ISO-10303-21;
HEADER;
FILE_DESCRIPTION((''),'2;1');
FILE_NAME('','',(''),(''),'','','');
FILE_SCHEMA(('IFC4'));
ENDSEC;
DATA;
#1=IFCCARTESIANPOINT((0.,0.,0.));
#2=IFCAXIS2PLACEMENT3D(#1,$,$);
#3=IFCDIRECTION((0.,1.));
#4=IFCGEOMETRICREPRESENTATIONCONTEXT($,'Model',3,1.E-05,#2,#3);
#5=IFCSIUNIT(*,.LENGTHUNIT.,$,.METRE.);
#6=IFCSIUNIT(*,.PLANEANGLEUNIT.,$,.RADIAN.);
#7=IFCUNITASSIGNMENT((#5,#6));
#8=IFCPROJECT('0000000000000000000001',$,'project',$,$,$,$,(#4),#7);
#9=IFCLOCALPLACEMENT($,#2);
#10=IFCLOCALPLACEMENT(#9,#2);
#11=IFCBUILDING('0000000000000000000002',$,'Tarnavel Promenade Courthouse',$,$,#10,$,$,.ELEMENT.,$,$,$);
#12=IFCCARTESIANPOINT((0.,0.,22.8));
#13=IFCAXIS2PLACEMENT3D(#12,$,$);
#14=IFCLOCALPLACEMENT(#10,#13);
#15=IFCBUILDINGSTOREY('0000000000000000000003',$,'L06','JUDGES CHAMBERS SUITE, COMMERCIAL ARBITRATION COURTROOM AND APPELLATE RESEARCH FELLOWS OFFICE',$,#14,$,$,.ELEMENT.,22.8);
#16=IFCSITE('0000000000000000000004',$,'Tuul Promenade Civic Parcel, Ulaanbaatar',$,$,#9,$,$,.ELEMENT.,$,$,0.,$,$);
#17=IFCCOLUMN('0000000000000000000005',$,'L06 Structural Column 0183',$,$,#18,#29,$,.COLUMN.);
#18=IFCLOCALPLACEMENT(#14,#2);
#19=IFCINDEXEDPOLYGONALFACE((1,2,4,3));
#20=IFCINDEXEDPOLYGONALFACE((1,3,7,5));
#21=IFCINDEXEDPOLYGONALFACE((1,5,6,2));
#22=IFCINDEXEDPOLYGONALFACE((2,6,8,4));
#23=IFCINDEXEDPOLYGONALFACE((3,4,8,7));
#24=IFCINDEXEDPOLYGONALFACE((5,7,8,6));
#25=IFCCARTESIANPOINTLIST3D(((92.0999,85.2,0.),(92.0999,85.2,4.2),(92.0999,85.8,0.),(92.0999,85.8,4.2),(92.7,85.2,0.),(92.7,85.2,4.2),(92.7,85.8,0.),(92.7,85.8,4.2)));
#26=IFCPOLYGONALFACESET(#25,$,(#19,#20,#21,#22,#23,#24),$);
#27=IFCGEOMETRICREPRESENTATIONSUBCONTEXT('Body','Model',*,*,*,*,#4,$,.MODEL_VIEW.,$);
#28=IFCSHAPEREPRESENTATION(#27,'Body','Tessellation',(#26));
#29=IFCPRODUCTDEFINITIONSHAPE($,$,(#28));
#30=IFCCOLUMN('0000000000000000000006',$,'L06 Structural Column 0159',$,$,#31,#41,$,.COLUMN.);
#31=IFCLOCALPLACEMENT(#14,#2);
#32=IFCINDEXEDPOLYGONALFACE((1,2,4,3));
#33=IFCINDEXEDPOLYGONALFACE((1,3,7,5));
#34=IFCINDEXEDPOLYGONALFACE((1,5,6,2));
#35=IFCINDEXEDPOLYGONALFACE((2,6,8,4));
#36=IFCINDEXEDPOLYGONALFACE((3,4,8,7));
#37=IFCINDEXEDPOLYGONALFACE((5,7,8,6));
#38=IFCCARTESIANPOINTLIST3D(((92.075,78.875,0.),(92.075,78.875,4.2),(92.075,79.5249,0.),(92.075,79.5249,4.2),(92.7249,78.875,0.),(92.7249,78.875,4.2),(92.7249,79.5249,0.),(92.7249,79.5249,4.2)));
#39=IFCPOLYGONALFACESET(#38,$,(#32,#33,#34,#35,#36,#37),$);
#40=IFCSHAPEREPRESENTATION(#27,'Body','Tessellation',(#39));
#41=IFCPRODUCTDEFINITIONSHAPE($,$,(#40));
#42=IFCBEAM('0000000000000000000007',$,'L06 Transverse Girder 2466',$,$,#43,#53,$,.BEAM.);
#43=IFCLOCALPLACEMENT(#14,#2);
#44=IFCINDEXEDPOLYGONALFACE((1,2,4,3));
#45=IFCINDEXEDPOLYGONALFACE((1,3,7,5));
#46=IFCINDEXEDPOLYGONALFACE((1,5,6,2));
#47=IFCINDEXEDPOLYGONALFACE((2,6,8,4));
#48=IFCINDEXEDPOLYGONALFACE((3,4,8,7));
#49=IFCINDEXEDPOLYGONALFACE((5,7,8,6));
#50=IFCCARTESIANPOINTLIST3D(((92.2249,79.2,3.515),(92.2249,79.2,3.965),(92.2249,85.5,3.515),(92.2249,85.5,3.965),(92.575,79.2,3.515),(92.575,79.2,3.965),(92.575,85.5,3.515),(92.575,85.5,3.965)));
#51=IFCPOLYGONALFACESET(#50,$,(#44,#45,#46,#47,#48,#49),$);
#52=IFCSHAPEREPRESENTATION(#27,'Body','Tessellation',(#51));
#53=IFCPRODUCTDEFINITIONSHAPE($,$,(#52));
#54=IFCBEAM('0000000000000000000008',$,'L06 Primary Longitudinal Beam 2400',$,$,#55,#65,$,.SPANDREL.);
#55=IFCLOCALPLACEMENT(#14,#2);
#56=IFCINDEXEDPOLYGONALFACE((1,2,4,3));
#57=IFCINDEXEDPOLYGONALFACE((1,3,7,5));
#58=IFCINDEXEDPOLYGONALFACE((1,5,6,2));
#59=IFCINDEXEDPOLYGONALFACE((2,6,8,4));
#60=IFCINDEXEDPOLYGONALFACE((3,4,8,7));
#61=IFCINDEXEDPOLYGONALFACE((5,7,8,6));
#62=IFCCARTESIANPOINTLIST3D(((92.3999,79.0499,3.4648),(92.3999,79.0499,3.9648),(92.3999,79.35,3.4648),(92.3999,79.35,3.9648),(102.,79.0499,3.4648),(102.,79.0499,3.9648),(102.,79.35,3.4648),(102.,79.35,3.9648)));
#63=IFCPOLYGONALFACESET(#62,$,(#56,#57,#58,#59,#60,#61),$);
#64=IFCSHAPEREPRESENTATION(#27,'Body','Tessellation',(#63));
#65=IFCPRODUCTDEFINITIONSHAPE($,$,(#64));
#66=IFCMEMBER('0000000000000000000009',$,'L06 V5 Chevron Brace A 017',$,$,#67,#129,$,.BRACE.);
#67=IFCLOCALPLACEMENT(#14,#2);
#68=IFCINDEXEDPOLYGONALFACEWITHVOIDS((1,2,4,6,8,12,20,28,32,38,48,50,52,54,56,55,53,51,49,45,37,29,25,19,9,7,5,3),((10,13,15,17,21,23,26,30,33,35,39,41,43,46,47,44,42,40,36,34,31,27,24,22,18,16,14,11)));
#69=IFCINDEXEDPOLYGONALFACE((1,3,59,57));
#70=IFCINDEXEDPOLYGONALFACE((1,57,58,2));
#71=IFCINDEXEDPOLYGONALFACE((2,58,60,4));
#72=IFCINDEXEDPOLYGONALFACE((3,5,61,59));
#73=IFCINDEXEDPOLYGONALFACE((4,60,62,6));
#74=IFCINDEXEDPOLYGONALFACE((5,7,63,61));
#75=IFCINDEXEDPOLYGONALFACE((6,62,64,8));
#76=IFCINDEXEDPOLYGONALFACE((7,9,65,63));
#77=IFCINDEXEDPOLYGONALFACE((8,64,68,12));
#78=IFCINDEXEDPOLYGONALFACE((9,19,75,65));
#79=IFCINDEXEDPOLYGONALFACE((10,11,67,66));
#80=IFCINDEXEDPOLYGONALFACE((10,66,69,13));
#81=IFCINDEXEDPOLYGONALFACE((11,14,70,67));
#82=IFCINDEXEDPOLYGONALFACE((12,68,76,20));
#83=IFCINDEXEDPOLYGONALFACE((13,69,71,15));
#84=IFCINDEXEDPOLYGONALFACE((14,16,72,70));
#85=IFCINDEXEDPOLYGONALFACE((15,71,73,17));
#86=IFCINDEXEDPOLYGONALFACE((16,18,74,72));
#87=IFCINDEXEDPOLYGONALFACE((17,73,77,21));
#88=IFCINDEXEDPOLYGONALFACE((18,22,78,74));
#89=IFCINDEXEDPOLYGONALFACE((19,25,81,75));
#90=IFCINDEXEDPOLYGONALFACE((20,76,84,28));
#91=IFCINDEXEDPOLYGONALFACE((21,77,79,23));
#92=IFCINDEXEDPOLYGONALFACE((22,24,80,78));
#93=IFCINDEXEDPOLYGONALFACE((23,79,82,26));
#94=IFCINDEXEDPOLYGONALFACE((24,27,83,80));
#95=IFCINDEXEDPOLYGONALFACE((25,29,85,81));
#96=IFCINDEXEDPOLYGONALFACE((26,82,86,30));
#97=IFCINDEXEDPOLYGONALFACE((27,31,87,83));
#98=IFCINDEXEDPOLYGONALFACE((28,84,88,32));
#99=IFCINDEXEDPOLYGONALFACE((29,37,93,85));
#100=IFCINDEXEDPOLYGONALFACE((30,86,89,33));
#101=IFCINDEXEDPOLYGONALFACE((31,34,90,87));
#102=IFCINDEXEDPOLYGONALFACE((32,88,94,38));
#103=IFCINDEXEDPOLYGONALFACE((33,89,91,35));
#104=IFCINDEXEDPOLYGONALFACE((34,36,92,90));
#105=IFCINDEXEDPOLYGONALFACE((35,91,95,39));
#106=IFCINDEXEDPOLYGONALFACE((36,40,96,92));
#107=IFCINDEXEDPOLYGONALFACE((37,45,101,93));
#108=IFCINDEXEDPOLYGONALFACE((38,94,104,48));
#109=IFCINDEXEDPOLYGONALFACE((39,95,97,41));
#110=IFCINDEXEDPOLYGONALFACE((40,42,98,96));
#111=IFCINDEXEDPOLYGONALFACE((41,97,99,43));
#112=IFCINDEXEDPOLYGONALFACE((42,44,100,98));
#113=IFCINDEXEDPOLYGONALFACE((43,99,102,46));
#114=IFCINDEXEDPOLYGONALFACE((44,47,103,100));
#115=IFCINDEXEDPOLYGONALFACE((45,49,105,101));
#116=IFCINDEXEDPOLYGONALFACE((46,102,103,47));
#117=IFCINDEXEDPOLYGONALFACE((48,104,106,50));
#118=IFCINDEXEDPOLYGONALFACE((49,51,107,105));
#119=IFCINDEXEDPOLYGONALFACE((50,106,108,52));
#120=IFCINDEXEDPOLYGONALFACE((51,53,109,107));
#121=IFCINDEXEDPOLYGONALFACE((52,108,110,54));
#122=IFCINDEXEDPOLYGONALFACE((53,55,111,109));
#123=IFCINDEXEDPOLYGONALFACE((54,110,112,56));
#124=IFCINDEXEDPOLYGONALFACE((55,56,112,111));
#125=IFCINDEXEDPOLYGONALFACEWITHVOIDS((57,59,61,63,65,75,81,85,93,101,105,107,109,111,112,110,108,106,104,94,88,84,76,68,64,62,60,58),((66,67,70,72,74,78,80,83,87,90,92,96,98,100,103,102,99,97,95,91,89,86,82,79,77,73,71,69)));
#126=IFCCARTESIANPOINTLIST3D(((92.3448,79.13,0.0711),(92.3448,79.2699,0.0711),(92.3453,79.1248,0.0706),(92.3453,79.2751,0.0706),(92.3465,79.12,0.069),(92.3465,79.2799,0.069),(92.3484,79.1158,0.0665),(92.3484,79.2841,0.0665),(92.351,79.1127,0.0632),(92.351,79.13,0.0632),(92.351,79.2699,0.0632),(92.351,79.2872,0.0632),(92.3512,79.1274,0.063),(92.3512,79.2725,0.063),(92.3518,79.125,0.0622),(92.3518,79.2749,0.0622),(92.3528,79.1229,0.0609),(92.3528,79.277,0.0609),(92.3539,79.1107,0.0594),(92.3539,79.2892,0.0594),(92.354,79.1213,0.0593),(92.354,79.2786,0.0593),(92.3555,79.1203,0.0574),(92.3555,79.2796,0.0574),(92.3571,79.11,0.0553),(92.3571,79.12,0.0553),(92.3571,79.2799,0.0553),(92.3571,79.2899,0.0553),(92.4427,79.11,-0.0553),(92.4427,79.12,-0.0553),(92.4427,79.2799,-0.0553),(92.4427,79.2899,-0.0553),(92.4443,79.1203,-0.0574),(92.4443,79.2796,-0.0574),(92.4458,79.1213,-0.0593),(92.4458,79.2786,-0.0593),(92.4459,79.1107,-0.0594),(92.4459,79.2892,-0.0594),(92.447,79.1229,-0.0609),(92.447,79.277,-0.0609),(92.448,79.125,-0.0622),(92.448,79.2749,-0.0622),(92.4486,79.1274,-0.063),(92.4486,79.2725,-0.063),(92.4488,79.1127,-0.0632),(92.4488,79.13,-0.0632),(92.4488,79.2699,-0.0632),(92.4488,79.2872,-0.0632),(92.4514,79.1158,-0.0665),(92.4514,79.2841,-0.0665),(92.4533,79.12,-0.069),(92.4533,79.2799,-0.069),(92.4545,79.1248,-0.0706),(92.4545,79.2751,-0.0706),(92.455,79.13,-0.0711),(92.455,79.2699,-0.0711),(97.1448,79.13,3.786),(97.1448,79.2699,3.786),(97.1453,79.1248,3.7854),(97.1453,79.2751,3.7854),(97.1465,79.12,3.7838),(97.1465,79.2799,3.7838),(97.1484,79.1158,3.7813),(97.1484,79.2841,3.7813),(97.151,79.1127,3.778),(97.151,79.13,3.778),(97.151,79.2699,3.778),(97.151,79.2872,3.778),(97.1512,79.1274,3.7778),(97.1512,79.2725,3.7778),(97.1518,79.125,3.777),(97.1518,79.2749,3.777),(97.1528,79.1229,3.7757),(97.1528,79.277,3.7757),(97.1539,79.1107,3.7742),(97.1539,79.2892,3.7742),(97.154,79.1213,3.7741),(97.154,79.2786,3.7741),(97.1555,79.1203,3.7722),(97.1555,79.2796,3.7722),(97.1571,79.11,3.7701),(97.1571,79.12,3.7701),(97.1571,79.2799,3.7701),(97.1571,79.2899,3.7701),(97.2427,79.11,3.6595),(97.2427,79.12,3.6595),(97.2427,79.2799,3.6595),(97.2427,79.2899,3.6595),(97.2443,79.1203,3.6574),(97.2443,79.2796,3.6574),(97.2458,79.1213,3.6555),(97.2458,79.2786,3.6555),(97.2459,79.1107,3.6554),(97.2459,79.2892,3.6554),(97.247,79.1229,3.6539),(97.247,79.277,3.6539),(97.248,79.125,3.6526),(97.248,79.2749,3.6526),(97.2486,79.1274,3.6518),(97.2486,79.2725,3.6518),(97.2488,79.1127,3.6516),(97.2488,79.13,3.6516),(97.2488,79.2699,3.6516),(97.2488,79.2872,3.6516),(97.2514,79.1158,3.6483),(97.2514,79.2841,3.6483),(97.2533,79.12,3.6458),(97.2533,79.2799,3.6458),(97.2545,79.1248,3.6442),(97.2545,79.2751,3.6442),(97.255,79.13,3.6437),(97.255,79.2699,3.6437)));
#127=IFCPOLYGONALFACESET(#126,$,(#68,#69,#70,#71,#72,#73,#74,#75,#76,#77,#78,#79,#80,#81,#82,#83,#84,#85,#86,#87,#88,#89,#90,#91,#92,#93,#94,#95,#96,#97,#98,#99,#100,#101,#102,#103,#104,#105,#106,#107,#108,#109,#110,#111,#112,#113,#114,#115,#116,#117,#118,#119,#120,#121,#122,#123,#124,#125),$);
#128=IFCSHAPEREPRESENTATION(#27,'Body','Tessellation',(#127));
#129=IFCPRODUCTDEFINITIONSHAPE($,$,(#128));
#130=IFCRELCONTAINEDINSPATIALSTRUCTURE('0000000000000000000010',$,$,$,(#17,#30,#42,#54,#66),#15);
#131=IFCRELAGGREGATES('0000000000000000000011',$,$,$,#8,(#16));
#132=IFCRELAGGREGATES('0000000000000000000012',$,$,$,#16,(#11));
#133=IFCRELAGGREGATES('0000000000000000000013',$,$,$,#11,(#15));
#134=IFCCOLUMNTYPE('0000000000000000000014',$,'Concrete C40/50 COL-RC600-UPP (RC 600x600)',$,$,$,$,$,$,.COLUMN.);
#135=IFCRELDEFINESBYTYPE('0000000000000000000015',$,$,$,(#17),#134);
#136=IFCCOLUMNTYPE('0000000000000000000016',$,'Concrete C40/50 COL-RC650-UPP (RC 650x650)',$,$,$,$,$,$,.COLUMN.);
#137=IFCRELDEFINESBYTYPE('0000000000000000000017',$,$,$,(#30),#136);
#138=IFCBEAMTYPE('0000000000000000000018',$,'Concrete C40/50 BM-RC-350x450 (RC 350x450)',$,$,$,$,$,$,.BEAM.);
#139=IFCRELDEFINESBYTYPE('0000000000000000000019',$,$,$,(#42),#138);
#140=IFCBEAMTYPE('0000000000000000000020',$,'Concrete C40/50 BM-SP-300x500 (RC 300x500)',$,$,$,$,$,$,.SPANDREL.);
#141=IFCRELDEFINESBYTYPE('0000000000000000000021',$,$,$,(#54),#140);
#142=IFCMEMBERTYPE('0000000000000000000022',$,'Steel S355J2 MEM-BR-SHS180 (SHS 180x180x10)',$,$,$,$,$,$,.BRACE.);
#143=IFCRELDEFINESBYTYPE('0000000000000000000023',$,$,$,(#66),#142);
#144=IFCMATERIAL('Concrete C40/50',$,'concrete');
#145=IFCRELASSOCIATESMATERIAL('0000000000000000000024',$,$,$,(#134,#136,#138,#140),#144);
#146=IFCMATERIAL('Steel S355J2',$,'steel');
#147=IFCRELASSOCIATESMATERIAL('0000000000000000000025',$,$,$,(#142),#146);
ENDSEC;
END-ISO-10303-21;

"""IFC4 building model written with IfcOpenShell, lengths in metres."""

from ifc_helpers import new_model, si_unit, direction, frame, origin, origin_2d, place, context, subcontext, project, spatial, rectangle, hollow_rectangle, extrude, material, material_profile, profile_set, type_object, element, save


model = new_model("IFC4")

# Units and contexts
model_context = context("Model", 3, precision=1e-05, world=origin(), true_north=direction((0.0, 1.0)))
body_context = subcontext(model_context, "Body", "Model", "MODEL_VIEW")
ifc_project = project(units=[si_unit("LENGTHUNIT", "METRE"), si_unit("PLANEANGLEUNIT", "RADIAN")], contexts=[model_context])

# Site, building, storey
site_placement = place(None, origin())
site = spatial("IfcSite", under=ifc_project, at=site_placement, Name="Tuul Promenade Civic Parcel, Ulaanbaatar", CompositionType="ELEMENT", RefElevation=0.0)
building_placement = place(site_placement, origin())
building = spatial("IfcBuilding", under=site, at=building_placement, Name="Tarnavel Promenade Courthouse", CompositionType="ELEMENT")
storey_placement = place(building_placement, frame((0.0, 0.0, 22.8)))
storey = spatial("IfcBuildingStorey", under=building, at=storey_placement, Name="L06", Description="JUDGES CHAMBERS SUITE, COMMERCIAL ARBITRATION COURTROOM AND APPELLATE RESEARCH FELLOWS OFFICE", CompositionType="ELEMENT", Elevation=22.8)

# Columns
ifc_material_1 = material(Name="Concrete C40/50", Category="concrete")
ifc_material_profile_1 = material_profile(ifc_material_1, rectangle(XDim=0.6001, YDim=0.6001, at=origin_2d()), Name="RC 600x600")
ifc_profile_set_1 = profile_set([ifc_material_profile_1], Name="Concrete C40/50")
column_type_1 = type_object("IfcColumnType", Name="Concrete C40/50 COL-RC600-UPP (RC 600x600)", PredefinedType="COLUMN", material=ifc_profile_set_1)
column_1_placement = place(storey_placement, frame((92.3999, 85.5, 0.0), z_axis=(0.0, 0.0, 1.0), x_axis=(1.0, 0.0, 0.0)))
element("IfcColumn", 1, at=column_1_placement, inside=storey, type_object=column_type_1, Name="L06 Structural Column 0183", PredefinedType="COLUMN", context=body_context, shape_type="SweptSolid", body=[
    extrude(rectangle(XDim=0.6001, YDim=0.6001, at=origin_2d()), origin(), (0.0, 0.0, 1.0), 4.2),
])
ifc_material_profile_2 = material_profile(ifc_material_1, rectangle(XDim=0.6499, YDim=0.6499, at=origin_2d()), Name="RC 650x650")
ifc_profile_set_2 = profile_set([ifc_material_profile_2], Name="Concrete C40/50")
column_type_2 = type_object("IfcColumnType", Name="Concrete C40/50 COL-RC650-UPP (RC 650x650)", PredefinedType="COLUMN", material=ifc_profile_set_2)
column_2_placement = place(storey_placement, frame((92.3999, 79.2, 0.0), z_axis=(0.0, 0.0, 1.0), x_axis=(1.0, 0.0, 0.0)))
element("IfcColumn", 2, at=column_2_placement, inside=storey, type_object=column_type_2, Name="L06 Structural Column 0159", PredefinedType="COLUMN", context=body_context, shape_type="SweptSolid", body=[
    extrude(rectangle(XDim=0.6499, YDim=0.6499, at=origin_2d()), origin(), (0.0, 0.0, 1.0), 4.2),
])

# Beams
ifc_material_profile_3 = material_profile(ifc_material_1, rectangle(XDim=0.3501, YDim=0.45, at=origin_2d()), Name="RC 350x450")
ifc_profile_set_3 = profile_set([ifc_material_profile_3], Name="Concrete C40/50")
beam_type_1 = type_object("IfcBeamType", Name="Concrete C40/50 BM-RC-350x450 (RC 350x450)", PredefinedType="BEAM", material=ifc_profile_set_3)
beam_1_placement = place(storey_placement, frame((92.3999, 79.2, 3.74), z_axis=(0.0, 1.0, 0.0), x_axis=(-1.0, 0.0, 0.0)))
element("IfcBeam", 3, at=beam_1_placement, inside=storey, type_object=beam_type_1, Name="L06 Transverse Girder 2466", PredefinedType="BEAM", context=body_context, shape_type="SweptSolid", body=[
    extrude(rectangle(XDim=0.3501, YDim=0.45, at=origin_2d()), origin(), (0.0, 0.0, 1.0), 6.3),
])
ifc_material_profile_4 = material_profile(ifc_material_1, rectangle(XDim=0.3, YDim=0.5, at=origin_2d()), Name="RC 300x500")
ifc_profile_set_4 = profile_set([ifc_material_profile_4], Name="Concrete C40/50")
beam_type_2 = type_object("IfcBeamType", Name="Concrete C40/50 BM-SP-300x500 (RC 300x500)", PredefinedType="SPANDREL", material=ifc_profile_set_4)
beam_2_placement = place(storey_placement, frame((92.3999, 79.2, 3.7148), z_axis=(1.0, 0.0, 0.0), x_axis=(0.0, 1.0, 0.0)))
element("IfcBeam", 4, at=beam_2_placement, inside=storey, type_object=beam_type_2, Name="L06 Primary Longitudinal Beam 2400", PredefinedType="SPANDREL", context=body_context, shape_type="SweptSolid", body=[
    extrude(rectangle(XDim=0.3, YDim=0.5, at=origin_2d()), origin(), (0.0, 0.0, 1.0), 9.6001),
])

# Member
ifc_material_2 = material(Name="Steel S355J2", Category="steel")
ifc_material_profile_5 = material_profile(ifc_material_2, hollow_rectangle(XDim=0.1799, YDim=0.1799, WallThickness=0.01, InnerFilletRadius=0.01, OuterFilletRadius=0.02, at=origin_2d()), Name="SHS 180x180x10")
ifc_profile_set_5 = profile_set([ifc_material_profile_5], Name="Steel S355J2")
member_type_1 = type_object("IfcMemberType", Name="Steel S355J2 MEM-BR-SHS180 (SHS 180x180x10)", PredefinedType="BRACE", material=ifc_profile_set_5)
member_1_placement = place(storey_placement, frame((92.3999, 79.2, 0.0), z_axis=(0.790829, 0.0, 0.612037), x_axis=(0.0, 1.0, 0.0)))
element("IfcMember", 5, at=member_1_placement, inside=storey, type_object=member_type_1, Name="L06 V5 Chevron Brace A 017", PredefinedType="BRACE", context=body_context, shape_type="SweptSolid", body=[
    extrude(hollow_rectangle(XDim=0.1799, YDim=0.1799, WallThickness=0.01, InnerFilletRadius=0.01, OuterFilletRadius=0.02, at=origin_2d()), origin(), (0.0, 0.0, 1.0), 6.0696),
])

save(model, "model.ifc")
